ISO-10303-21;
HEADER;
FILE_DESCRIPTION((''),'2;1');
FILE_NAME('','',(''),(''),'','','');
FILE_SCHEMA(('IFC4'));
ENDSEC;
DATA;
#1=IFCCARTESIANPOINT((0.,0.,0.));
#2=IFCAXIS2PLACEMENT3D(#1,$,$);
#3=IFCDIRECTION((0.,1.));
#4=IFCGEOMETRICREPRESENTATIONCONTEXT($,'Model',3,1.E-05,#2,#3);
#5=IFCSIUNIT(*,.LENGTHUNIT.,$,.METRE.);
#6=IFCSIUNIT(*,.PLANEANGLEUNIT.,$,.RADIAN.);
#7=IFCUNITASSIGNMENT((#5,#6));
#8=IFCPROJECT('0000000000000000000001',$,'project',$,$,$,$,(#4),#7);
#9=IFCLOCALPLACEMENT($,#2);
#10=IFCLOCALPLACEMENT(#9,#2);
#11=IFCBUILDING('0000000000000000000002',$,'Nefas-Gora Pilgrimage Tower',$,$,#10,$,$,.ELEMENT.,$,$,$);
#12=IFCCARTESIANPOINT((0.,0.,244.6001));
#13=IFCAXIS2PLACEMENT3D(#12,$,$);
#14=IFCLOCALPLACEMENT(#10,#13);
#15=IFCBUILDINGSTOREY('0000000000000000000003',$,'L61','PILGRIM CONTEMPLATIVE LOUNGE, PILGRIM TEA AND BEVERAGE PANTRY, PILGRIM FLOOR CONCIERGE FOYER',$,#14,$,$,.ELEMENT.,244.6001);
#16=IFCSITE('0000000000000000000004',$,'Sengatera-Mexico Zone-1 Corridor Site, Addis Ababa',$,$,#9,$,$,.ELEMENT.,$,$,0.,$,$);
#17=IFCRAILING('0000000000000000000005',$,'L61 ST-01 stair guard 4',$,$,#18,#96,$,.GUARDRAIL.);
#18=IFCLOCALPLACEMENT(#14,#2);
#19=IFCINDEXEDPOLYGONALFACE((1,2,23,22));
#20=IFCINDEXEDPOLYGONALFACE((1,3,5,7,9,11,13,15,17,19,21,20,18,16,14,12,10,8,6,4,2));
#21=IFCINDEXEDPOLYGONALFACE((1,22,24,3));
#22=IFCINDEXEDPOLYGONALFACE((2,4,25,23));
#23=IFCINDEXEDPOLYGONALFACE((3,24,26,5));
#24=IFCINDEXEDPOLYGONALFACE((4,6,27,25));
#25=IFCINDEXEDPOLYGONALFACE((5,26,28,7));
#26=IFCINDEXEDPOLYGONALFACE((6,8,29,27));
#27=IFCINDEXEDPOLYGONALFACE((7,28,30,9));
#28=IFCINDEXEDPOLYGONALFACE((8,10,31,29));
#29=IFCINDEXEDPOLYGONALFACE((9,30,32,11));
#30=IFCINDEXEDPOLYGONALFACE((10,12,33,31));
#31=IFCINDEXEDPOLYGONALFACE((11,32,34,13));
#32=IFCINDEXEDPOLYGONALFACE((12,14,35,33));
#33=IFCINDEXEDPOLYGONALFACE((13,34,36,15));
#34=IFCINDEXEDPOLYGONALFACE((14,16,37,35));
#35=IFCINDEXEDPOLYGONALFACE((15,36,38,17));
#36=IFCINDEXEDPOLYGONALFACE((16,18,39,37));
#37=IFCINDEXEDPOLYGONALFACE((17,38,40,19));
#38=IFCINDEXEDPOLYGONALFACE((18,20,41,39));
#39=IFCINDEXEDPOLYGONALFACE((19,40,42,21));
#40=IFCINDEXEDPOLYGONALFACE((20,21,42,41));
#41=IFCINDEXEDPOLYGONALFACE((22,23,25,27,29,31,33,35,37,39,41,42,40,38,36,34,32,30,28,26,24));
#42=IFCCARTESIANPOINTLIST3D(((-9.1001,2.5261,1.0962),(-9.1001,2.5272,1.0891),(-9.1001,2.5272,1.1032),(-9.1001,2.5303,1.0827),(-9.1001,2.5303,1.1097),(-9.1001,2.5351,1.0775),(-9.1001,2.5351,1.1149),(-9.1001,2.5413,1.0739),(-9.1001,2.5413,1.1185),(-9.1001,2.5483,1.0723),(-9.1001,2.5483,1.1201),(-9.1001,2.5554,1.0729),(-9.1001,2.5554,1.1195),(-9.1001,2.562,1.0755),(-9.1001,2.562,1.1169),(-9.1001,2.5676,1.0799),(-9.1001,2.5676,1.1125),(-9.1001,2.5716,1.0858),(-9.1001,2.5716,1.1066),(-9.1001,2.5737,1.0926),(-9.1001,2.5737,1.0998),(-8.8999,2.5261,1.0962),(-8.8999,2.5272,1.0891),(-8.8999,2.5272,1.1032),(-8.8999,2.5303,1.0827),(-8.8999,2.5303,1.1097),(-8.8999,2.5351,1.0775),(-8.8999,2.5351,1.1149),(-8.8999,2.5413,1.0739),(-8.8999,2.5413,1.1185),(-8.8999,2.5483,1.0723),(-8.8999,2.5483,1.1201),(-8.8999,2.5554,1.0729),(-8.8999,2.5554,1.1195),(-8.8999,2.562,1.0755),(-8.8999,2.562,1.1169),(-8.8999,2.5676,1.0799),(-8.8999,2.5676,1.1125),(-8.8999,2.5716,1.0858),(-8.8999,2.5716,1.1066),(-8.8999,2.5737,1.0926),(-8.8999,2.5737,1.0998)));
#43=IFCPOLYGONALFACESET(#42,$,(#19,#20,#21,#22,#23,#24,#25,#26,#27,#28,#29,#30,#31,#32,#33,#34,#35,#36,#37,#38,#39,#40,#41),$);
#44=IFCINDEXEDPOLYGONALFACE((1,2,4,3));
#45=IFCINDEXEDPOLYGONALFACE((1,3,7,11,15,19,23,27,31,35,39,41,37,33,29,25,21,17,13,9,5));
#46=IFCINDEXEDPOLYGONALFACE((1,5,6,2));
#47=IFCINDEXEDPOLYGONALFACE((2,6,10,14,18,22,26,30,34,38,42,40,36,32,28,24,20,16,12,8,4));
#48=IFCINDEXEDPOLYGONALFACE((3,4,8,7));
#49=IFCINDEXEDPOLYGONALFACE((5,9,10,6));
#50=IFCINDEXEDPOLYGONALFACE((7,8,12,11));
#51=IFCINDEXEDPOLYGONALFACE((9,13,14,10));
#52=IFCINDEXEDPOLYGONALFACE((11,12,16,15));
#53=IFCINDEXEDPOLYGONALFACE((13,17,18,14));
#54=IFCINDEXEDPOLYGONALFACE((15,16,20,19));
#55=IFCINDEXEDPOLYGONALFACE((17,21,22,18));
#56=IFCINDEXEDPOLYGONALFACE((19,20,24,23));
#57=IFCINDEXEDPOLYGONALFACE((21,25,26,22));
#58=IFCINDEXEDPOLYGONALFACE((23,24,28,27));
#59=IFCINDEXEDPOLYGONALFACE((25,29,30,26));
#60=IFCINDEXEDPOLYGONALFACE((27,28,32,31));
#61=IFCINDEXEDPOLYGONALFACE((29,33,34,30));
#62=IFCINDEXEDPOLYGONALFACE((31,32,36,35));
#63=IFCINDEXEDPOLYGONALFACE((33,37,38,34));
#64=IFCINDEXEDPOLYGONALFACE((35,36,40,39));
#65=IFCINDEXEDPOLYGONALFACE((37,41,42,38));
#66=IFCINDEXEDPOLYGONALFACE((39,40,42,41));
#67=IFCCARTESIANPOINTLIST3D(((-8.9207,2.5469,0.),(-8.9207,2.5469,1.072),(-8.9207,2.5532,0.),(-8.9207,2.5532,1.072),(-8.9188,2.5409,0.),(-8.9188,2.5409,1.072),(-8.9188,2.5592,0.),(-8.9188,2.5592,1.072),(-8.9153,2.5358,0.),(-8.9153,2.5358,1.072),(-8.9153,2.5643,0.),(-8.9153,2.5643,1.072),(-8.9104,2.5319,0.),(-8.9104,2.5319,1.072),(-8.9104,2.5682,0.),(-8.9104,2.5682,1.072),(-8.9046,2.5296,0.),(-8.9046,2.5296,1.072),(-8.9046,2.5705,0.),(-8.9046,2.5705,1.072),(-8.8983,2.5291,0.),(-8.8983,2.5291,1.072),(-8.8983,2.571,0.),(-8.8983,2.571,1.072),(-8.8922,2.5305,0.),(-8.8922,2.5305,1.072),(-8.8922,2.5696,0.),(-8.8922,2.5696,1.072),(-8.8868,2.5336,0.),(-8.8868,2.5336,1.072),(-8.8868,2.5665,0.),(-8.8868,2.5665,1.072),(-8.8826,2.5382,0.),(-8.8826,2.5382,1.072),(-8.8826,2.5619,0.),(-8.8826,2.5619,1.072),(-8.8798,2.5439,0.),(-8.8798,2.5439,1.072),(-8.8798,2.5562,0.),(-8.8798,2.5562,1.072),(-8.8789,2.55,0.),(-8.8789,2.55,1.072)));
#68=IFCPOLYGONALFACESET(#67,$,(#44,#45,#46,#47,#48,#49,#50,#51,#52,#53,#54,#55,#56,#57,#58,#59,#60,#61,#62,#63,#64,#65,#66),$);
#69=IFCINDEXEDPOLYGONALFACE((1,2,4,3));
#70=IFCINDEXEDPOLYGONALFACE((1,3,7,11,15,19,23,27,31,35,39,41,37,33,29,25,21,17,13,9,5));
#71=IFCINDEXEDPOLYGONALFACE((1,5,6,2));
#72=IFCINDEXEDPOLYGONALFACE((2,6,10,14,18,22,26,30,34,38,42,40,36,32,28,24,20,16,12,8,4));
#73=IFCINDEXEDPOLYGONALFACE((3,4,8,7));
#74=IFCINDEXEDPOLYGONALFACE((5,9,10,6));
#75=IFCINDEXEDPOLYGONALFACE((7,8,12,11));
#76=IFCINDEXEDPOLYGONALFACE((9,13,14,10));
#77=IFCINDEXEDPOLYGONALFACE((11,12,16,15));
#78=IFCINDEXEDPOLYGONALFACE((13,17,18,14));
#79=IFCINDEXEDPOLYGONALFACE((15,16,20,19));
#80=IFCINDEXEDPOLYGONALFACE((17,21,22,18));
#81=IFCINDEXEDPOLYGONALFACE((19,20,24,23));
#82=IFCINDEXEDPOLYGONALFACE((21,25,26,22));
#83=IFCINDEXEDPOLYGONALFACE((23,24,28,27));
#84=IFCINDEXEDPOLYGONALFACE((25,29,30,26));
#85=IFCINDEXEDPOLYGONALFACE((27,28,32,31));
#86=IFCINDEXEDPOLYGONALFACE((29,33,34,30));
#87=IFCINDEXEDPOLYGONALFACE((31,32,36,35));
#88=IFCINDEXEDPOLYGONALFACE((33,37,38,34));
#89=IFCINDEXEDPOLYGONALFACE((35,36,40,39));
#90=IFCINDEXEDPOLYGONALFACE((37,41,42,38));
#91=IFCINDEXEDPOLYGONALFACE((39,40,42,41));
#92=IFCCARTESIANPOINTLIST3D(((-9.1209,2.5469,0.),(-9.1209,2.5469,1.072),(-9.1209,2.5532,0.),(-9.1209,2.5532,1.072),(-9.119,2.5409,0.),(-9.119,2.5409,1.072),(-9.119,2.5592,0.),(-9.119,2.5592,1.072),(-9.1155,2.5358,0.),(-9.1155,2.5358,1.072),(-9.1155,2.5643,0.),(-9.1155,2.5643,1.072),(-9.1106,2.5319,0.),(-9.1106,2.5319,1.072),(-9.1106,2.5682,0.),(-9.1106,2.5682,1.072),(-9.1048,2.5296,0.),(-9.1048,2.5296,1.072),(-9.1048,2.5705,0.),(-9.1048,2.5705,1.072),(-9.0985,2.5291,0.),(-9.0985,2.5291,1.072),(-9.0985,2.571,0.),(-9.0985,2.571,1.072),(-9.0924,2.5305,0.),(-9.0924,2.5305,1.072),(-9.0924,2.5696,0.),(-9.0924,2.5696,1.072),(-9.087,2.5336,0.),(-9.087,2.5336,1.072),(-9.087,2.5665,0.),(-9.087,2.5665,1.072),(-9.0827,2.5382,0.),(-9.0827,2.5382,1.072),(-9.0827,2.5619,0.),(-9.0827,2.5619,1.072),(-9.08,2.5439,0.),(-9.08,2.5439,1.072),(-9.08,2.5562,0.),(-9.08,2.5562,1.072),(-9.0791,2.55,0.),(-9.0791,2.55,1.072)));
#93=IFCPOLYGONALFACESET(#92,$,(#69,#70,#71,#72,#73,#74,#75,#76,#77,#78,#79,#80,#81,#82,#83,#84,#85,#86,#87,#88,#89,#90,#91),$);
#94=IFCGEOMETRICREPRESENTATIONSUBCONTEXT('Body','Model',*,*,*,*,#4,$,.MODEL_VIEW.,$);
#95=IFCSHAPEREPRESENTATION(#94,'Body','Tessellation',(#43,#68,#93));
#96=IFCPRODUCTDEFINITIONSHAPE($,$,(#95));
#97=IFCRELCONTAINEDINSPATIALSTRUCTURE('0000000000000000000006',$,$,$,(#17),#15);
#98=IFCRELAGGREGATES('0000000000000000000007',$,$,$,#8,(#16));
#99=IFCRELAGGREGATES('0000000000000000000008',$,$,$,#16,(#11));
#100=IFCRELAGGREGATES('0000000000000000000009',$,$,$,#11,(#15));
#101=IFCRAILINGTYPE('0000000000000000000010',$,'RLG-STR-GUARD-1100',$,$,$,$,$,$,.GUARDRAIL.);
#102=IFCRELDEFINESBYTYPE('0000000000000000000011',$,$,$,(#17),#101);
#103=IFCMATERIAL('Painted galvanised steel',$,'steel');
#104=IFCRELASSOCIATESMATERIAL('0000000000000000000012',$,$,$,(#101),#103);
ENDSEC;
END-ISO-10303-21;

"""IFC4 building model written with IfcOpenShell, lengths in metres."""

from ifc_helpers import new_model, si_unit, direction, frame, origin, origin_2d, place, context, subcontext, project, spatial, circle, extrude, material, type_object, element, save


model = new_model("IFC4")

# Units and contexts
model_context = context("Model", 3, precision=1e-05, world=origin(), true_north=direction((0.0, 1.0)))
body_context = subcontext(model_context, "Body", "Model", "MODEL_VIEW")
ifc_project = project(units=[si_unit("LENGTHUNIT", "METRE"), si_unit("PLANEANGLEUNIT", "RADIAN")], contexts=[model_context])

# Site, building, storey
site_placement = place(None, origin())
site = spatial("IfcSite", under=ifc_project, at=site_placement, Name="Sengatera-Mexico Zone-1 Corridor Site, Addis Ababa", CompositionType="ELEMENT", RefElevation=0.0)
building_placement = place(site_placement, origin())
building = spatial("IfcBuilding", under=site, at=building_placement, Name="Nefas-Gora Pilgrimage Tower", CompositionType="ELEMENT")
storey_placement = place(building_placement, frame((0.0, 0.0, 244.6001)))
storey = spatial("IfcBuildingStorey", under=building, at=storey_placement, Name="L61", Description="PILGRIM CONTEMPLATIVE LOUNGE, PILGRIM TEA AND BEVERAGE PANTRY, PILGRIM FLOOR CONCIERGE FOYER", CompositionType="ELEMENT", Elevation=244.6001)

# Railing
ifc_material_1 = material(Name="Painted galvanised steel", Category="steel")
railing_type_1 = type_object("IfcRailingType", Name="RLG-STR-GUARD-1100", PredefinedType="GUARDRAIL", material=ifc_material_1)
railing_1_placement = place(storey_placement, frame((-8.8999, 2.55, 0.0)))
element("IfcRailing", 1, at=railing_1_placement, inside=storey, type_object=railing_type_1, Name="L61 ST-01 stair guard 4", PredefinedType="GUARDRAIL", context=body_context, shape_type="SweptSolid", body=[
    extrude(circle(Radius=0.0239, at=origin_2d()), frame((0.0, 0.0, 1.0962), z_axis=(-1.0, 0.0, 0.0), x_axis=(0.0, -1.0, 0.0)), (0.0, 0.0, 1.0), 0.2002),
    extrude(circle(Radius=0.021, at=origin_2d()), origin(), (0.0, 0.0, 1.0), 1.072),
    extrude(circle(Radius=0.021, at=origin_2d()), frame((-0.2002, 0.0, 0.0)), (0.0, 0.0, 1.0), 1.072),
])

save(model, "model.ifc")
